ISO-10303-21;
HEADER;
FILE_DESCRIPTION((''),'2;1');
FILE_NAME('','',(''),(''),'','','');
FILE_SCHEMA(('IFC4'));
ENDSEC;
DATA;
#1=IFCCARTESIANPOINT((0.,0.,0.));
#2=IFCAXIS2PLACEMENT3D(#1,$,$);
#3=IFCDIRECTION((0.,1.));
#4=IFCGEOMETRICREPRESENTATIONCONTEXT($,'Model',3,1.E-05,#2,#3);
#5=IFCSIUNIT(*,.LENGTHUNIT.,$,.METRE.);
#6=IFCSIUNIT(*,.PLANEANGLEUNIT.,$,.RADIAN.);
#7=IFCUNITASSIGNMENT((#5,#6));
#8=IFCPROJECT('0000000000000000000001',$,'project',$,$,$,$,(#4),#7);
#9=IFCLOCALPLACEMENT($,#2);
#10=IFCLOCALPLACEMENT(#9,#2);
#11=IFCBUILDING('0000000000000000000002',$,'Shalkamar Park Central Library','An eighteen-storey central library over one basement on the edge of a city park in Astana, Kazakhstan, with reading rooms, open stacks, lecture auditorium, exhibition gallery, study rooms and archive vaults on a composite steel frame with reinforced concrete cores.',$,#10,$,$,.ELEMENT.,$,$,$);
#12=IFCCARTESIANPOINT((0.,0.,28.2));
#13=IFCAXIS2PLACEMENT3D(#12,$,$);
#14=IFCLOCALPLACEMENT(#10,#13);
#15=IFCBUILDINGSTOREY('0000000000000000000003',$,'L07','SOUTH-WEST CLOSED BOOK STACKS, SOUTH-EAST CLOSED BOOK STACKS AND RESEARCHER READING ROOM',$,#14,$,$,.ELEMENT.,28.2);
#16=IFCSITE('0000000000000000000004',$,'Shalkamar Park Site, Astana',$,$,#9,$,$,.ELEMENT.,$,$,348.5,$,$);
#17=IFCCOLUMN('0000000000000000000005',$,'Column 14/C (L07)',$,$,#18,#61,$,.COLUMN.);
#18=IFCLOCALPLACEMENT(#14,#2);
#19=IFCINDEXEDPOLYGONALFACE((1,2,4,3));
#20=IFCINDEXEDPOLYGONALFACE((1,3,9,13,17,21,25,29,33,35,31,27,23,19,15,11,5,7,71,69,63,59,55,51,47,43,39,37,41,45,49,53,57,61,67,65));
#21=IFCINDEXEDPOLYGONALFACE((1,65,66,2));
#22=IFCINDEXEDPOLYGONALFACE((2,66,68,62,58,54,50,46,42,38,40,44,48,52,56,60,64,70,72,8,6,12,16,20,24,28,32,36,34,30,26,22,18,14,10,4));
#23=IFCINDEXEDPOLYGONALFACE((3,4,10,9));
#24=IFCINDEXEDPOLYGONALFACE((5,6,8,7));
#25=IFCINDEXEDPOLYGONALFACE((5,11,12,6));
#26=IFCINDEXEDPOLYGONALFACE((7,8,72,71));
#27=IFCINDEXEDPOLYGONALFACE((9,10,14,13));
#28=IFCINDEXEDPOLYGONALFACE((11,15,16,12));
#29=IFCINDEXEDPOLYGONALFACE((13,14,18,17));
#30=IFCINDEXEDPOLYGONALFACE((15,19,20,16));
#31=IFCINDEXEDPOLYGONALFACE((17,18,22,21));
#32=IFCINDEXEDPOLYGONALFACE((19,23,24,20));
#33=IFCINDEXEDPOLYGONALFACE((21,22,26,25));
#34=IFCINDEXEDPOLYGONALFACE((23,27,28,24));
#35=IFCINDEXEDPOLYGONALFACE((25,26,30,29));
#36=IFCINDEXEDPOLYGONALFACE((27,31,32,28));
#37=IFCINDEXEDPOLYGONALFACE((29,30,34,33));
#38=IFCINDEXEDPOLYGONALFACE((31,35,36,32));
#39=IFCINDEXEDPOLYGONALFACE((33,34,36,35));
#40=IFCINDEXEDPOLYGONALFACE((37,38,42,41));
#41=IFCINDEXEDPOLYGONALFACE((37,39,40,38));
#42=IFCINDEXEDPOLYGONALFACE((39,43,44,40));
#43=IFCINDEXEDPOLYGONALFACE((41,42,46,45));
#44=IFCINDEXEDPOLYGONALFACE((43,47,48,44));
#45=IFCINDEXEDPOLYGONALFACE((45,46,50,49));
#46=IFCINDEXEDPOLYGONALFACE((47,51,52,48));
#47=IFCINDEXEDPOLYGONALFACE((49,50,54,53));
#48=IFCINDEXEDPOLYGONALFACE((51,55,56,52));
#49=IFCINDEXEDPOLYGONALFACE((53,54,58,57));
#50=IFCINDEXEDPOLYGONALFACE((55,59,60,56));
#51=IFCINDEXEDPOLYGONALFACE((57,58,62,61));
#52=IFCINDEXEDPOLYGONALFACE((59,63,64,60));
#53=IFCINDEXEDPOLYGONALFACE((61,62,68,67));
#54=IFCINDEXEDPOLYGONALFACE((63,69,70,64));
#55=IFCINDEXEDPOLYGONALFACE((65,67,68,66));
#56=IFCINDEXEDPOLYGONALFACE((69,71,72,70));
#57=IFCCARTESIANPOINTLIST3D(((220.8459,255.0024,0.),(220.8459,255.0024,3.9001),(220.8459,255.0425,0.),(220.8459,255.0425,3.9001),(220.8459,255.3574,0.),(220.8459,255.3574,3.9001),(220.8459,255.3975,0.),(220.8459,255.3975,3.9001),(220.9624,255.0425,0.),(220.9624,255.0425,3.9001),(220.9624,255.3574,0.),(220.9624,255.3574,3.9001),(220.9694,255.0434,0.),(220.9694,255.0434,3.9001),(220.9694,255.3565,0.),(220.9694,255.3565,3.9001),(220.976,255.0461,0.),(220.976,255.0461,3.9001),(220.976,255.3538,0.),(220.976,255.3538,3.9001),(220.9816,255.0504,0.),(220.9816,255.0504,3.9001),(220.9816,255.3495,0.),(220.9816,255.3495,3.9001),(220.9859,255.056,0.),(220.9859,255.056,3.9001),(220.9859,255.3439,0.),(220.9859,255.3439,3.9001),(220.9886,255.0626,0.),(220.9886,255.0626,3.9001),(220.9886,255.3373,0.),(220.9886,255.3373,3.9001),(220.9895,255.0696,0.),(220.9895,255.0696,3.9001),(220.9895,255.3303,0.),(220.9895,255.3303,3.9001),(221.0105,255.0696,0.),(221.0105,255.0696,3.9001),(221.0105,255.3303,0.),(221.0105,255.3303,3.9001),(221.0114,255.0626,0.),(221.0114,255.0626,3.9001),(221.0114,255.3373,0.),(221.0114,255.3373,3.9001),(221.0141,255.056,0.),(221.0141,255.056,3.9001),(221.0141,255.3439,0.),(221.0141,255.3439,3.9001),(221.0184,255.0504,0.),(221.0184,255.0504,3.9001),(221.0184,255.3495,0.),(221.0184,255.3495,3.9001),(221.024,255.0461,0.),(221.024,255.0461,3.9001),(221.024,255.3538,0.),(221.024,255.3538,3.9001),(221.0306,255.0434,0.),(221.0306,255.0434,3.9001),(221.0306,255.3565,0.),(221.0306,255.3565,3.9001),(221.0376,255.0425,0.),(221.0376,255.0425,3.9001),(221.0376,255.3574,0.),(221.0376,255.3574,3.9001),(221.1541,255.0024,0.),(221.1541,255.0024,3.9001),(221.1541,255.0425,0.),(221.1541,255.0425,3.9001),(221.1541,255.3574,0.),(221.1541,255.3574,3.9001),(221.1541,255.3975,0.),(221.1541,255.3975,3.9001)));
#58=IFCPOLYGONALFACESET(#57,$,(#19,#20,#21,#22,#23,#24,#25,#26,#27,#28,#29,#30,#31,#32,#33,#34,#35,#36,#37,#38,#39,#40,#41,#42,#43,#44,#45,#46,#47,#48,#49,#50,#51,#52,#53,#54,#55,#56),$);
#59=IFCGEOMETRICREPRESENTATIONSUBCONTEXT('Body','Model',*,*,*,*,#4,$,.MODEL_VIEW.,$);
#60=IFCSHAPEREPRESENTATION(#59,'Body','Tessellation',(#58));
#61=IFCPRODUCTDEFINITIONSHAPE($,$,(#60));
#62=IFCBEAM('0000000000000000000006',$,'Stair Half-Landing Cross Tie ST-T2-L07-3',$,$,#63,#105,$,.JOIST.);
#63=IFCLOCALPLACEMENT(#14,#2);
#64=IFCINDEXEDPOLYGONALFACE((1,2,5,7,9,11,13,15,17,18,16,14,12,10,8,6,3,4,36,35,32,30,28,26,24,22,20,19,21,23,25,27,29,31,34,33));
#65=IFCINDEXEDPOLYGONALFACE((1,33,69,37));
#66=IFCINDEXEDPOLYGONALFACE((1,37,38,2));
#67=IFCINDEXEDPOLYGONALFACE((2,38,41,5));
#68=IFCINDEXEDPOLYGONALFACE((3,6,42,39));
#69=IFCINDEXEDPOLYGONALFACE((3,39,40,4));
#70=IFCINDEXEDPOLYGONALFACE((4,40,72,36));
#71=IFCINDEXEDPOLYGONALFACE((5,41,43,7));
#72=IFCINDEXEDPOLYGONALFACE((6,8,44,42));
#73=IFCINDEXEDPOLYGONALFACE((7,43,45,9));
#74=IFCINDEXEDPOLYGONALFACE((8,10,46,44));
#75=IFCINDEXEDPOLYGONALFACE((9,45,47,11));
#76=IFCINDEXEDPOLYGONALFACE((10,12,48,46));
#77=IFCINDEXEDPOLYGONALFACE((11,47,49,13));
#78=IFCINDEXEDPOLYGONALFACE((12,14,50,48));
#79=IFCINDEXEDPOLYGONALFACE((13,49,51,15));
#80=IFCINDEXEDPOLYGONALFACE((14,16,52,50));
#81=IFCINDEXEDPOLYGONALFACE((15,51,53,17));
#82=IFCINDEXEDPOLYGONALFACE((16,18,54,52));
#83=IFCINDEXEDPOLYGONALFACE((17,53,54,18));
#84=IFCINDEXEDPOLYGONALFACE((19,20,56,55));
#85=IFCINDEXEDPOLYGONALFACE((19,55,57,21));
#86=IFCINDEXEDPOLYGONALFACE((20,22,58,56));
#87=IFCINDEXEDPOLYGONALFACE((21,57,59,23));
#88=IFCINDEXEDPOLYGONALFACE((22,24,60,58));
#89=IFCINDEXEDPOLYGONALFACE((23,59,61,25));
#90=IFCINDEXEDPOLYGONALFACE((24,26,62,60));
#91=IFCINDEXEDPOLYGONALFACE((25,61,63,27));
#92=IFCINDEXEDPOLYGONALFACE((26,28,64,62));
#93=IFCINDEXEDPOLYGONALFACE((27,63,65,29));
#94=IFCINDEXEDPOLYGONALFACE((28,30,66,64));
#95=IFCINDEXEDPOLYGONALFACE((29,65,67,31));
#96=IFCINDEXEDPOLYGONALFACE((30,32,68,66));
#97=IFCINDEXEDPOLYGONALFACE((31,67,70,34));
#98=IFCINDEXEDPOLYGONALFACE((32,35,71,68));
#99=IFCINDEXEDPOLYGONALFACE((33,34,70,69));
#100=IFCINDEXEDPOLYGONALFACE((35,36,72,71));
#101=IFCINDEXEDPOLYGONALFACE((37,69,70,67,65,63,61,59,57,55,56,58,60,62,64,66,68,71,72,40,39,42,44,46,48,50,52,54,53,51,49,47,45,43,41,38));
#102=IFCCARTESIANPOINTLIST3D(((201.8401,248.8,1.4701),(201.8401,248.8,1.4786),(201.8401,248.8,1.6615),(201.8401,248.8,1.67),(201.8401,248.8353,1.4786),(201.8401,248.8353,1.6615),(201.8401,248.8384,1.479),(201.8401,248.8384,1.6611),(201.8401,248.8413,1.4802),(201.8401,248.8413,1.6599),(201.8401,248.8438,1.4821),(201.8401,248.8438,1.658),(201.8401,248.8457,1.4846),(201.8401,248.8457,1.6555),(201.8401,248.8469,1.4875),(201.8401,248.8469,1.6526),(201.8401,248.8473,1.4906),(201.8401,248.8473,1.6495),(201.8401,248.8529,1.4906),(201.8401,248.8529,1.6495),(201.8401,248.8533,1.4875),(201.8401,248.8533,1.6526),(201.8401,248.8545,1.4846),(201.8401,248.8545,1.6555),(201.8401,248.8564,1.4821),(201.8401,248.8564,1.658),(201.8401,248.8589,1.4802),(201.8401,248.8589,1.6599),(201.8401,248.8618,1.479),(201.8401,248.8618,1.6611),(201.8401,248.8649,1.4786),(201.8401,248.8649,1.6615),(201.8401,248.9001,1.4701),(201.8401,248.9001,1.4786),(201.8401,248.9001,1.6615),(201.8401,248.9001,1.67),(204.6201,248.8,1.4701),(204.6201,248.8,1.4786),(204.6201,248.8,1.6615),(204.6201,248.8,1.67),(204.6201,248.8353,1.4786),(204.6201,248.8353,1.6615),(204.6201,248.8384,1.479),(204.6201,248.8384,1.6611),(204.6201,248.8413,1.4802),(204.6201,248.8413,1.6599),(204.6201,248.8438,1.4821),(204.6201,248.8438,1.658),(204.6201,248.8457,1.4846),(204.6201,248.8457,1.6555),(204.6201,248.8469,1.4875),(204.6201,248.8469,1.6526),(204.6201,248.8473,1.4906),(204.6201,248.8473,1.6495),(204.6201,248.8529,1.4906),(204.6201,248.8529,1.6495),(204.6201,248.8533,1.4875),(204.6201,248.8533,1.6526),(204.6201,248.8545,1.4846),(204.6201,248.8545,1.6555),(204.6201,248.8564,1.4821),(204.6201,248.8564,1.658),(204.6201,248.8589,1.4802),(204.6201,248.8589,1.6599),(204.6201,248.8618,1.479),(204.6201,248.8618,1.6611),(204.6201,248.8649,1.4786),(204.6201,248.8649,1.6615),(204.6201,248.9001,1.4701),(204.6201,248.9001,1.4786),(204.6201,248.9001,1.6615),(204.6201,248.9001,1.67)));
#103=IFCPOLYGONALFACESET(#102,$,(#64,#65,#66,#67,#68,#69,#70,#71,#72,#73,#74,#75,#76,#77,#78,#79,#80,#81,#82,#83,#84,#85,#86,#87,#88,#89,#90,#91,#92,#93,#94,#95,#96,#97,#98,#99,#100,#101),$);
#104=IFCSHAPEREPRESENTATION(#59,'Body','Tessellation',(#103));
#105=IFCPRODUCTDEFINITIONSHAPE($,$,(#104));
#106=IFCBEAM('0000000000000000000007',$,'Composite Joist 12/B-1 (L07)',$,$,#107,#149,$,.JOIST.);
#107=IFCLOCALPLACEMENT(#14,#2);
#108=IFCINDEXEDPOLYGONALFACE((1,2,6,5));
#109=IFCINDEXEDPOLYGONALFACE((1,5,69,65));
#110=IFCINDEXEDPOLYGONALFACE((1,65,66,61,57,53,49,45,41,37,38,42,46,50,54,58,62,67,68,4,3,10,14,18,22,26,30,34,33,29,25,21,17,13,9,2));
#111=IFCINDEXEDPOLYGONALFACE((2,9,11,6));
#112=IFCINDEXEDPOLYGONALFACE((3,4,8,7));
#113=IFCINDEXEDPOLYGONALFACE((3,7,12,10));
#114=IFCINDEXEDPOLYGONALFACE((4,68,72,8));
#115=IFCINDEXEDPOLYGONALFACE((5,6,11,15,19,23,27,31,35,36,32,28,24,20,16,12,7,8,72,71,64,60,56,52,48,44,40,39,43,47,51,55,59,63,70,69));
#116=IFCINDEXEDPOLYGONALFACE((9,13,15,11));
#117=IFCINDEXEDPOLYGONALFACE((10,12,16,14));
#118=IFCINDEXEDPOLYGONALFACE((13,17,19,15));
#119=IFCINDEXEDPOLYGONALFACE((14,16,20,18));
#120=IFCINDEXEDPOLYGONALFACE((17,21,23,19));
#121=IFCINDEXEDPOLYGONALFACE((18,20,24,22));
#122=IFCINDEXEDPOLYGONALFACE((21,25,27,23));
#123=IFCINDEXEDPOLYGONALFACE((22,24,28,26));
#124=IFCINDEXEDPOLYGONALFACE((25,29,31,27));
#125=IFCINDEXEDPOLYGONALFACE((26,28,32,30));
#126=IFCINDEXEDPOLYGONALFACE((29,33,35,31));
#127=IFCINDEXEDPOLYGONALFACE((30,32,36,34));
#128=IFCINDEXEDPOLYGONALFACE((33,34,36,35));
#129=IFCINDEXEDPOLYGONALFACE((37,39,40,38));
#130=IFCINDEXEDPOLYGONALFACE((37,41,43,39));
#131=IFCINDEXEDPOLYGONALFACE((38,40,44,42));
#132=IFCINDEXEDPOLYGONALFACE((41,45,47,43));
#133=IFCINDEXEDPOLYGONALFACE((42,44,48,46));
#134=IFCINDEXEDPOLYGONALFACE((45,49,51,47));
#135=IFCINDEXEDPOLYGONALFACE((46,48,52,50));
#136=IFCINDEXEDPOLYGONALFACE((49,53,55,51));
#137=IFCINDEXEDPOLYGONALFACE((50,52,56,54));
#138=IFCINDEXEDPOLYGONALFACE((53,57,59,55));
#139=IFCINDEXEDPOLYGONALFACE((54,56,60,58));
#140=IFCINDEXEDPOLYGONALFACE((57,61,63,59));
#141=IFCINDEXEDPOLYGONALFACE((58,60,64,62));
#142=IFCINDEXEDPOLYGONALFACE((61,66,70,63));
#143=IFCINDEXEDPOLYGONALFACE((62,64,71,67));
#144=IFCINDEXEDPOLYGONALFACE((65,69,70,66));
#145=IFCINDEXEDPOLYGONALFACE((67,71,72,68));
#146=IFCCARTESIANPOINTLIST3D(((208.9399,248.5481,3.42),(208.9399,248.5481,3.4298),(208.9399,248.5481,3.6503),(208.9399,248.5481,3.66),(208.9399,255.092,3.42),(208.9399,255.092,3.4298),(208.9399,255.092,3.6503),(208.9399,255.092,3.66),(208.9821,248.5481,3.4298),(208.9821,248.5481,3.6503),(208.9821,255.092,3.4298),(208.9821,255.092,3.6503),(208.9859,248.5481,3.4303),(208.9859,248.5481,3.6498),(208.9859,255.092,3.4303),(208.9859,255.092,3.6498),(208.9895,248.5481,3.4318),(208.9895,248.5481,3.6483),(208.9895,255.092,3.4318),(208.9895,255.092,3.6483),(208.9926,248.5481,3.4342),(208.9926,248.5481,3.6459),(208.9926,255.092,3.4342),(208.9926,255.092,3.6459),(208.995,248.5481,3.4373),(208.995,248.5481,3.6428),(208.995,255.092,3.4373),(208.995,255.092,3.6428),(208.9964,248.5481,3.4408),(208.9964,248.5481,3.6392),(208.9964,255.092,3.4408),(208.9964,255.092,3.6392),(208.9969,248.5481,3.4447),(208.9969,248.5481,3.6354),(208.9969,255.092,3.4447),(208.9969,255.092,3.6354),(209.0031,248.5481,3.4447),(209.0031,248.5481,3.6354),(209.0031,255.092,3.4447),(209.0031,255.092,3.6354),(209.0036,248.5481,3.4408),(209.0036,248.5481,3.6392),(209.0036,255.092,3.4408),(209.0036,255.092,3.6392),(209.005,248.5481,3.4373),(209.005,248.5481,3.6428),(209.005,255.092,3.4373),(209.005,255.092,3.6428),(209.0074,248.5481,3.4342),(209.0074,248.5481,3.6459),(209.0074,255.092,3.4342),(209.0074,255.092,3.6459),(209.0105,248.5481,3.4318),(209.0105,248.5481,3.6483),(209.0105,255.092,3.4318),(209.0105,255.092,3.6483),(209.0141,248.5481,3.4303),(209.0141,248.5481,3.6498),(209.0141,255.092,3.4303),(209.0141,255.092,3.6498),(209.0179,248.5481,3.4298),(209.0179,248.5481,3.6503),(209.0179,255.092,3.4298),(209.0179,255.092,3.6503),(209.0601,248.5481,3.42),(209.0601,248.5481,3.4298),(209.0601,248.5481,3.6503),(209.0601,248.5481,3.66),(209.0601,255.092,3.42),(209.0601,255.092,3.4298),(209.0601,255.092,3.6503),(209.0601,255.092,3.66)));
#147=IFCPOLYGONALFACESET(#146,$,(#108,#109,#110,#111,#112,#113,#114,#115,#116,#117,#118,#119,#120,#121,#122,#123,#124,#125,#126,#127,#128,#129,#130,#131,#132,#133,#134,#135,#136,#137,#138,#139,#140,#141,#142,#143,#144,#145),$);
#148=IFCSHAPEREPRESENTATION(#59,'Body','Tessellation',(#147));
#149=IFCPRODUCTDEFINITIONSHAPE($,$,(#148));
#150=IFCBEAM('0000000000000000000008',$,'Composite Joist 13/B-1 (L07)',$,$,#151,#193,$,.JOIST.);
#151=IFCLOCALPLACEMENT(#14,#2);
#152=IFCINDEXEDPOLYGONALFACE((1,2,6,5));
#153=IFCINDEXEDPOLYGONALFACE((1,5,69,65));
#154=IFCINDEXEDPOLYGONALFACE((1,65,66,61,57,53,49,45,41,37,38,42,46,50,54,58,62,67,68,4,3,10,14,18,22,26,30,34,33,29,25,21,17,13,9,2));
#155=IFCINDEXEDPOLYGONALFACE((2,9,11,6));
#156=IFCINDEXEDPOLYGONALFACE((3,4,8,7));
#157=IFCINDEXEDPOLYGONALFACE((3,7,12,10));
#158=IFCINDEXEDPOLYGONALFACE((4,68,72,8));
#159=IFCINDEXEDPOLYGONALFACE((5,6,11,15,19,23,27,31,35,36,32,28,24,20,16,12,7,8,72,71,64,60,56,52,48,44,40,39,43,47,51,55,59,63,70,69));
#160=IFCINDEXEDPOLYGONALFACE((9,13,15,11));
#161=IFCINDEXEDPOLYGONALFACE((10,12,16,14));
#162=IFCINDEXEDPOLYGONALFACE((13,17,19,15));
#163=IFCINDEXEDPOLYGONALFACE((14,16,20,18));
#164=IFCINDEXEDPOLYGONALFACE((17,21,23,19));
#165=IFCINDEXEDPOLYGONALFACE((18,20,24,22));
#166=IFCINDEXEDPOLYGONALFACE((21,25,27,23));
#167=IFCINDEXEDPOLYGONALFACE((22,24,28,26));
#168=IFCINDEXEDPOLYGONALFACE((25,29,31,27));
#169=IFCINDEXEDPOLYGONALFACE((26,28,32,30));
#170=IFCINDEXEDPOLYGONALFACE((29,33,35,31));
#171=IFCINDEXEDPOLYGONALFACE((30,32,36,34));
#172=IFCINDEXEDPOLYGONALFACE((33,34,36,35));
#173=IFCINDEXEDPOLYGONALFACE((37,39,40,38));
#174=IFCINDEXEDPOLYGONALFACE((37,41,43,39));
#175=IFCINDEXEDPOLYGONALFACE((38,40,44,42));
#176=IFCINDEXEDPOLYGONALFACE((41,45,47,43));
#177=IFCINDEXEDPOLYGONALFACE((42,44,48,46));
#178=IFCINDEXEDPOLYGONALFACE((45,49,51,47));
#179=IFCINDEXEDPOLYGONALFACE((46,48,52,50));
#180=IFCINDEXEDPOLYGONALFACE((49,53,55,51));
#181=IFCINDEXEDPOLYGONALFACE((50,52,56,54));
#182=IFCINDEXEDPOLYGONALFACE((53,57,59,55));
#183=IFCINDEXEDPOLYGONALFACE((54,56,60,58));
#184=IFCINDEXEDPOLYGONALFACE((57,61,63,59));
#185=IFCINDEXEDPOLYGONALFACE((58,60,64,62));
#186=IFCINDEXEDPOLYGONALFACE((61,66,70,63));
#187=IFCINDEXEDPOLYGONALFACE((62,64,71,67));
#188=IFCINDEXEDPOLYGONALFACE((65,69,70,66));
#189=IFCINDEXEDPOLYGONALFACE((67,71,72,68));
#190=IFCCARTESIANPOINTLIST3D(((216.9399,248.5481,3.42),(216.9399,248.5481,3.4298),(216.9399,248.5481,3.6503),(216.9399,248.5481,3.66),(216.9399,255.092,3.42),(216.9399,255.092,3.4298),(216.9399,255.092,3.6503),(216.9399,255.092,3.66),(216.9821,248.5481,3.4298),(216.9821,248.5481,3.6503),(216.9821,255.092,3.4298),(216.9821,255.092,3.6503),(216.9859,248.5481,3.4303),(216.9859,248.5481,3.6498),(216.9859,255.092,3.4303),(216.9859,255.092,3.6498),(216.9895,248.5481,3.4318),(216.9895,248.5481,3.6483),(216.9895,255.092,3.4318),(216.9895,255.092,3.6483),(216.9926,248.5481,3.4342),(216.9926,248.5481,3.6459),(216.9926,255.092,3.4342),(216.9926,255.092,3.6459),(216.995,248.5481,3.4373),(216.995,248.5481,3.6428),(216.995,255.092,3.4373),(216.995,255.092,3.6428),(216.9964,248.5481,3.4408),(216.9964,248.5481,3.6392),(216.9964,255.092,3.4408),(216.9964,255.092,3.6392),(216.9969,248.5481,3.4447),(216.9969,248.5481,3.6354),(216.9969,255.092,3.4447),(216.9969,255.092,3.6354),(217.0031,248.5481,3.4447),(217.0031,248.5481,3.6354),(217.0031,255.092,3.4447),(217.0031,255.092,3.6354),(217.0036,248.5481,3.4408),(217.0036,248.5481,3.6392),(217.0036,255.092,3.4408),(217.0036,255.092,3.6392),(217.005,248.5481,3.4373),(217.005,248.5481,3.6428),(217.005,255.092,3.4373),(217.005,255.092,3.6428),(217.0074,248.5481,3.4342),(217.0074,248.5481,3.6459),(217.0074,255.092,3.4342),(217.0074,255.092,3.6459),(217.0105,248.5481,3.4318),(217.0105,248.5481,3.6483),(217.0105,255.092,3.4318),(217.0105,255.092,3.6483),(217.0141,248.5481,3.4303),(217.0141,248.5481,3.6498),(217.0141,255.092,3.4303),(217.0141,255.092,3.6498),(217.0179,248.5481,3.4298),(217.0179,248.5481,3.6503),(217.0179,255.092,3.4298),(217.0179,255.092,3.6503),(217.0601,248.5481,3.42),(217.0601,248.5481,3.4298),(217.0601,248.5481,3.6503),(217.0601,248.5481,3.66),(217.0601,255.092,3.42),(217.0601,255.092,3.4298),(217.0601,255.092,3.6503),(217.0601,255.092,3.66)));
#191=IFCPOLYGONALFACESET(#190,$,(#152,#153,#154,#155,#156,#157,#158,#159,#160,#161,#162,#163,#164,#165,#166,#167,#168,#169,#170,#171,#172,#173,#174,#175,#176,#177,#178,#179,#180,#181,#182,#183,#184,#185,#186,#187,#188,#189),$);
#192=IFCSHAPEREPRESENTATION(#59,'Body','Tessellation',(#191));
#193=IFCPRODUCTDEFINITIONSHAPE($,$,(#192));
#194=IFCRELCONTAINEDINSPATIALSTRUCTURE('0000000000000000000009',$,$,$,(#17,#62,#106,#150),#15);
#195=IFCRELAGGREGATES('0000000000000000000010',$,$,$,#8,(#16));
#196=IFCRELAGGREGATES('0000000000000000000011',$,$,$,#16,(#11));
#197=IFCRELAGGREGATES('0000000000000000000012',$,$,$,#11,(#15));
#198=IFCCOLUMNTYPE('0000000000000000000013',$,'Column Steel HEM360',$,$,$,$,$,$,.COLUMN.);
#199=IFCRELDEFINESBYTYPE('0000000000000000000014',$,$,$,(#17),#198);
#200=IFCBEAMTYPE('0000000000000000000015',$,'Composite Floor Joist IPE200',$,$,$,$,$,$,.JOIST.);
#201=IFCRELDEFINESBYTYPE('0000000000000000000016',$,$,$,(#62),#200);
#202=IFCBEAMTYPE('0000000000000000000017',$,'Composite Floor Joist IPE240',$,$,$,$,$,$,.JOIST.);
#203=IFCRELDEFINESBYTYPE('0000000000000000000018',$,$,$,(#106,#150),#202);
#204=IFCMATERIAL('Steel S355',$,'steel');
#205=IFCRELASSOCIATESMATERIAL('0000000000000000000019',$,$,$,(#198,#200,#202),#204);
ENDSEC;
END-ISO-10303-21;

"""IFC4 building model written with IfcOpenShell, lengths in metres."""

from ifc_helpers import new_model, si_unit, direction, frame, origin, origin_2d, place, context, subcontext, project, spatial, i_section, extrude, material, material_profile, profile_set, type_object, element, save


model = new_model("IFC4")

# Units and contexts
model_context = context("Model", 3, precision=1e-05, world=origin(), true_north=direction((0.0, 1.0)))
body_context = subcontext(model_context, "Body", "Model", "MODEL_VIEW")
ifc_project = project(units=[si_unit("LENGTHUNIT", "METRE"), si_unit("PLANEANGLEUNIT", "RADIAN")], contexts=[model_context])

# Site, building, storey
site_placement = place(None, origin())
site = spatial("IfcSite", under=ifc_project, at=site_placement, Name="Shalkamar Park Site, Astana", CompositionType="ELEMENT", RefElevation=348.5)
building_placement = place(site_placement, origin())
building = spatial("IfcBuilding", under=site, at=building_placement, Name="Shalkamar Park Central Library", Description="An eighteen-storey central library over one basement on the edge of a city park in Astana, Kazakhstan, with reading rooms, open stacks, lecture auditorium, exhibition gallery, study rooms and archive vaults on a composite steel frame with reinforced concrete cores.", CompositionType="ELEMENT")
storey_placement = place(building_placement, frame((0.0, 0.0, 28.2)))
storey = spatial("IfcBuildingStorey", under=building, at=storey_placement, Name="L07", Description="SOUTH-WEST CLOSED BOOK STACKS, SOUTH-EAST CLOSED BOOK STACKS AND RESEARCHER READING ROOM", CompositionType="ELEMENT", Elevation=28.2)

# Column
ifc_material_1 = material(Name="Steel S355", Category="steel")
ifc_material_profile_1 = material_profile(ifc_material_1, i_section(OverallWidth=0.3081, OverallDepth=0.395, WebThickness=0.021, FlangeThickness=0.04, FilletRadius=0.0271, at=origin_2d()), Name="HEM 360")
ifc_profile_set_1 = profile_set([ifc_material_profile_1], Name="Steel S355")
column_type_1 = type_object("IfcColumnType", Name="Column Steel HEM360", PredefinedType="COLUMN", material=ifc_profile_set_1)
for number, where, z_axis, x_axis, name in (
    (1, (221.0, 255.2, 0.0), (0.0, 0.0, 1.0), (1.0, 0.0, 0.0), "Column 14/C (L07)"),
):
    element("IfcColumn", number, at=place(storey_placement, frame(where, z_axis=z_axis, x_axis=x_axis)), inside=storey, type_object=column_type_1, Name=name, PredefinedType="COLUMN", context=body_context, shape_type="SweptSolid", body=[
        extrude(i_section(OverallWidth=0.3081, OverallDepth=0.395, WebThickness=0.021, FlangeThickness=0.04, FilletRadius=0.0271, at=origin_2d()), origin(), (0.0, 0.0, 1.0), 3.9001),
    ])

# Beams
ifc_material_profile_2 = material_profile(ifc_material_1, i_section(OverallWidth=0.1001, OverallDepth=0.2, WebThickness=0.0056, FlangeThickness=0.0085, FilletRadius=0.012, at=origin_2d()), Name="IPE 200")
ifc_profile_set_2 = profile_set([ifc_material_profile_2], Name="Steel S355")
beam_type_1 = type_object("IfcBeamType", Name="Composite Floor Joist IPE200", PredefinedType="JOIST", material=ifc_profile_set_2)
beam_1_placement = place(storey_placement, frame((201.8401, 248.8501, 1.5701), z_axis=(1.0, 0.0, 0.0), x_axis=(0.0, 1.0, 0.0)))
element("IfcBeam", 2, at=beam_1_placement, inside=storey, type_object=beam_type_1, Name="Stair Half-Landing Cross Tie ST-T2-L07-3", PredefinedType="JOIST", context=body_context, shape_type="SweptSolid", body=[
    extrude(i_section(OverallWidth=0.1001, OverallDepth=0.2, WebThickness=0.0056, FlangeThickness=0.0085, FilletRadius=0.012, at=origin_2d()), origin(), (0.0, 0.0, 1.0), 2.78),
])
ifc_material_profile_3 = material_profile(ifc_material_1, i_section(OverallWidth=0.1201, OverallDepth=0.24, WebThickness=0.0061, FlangeThickness=0.0098, FilletRadius=0.0149, at=origin_2d()), Name="IPE 240")
ifc_profile_set_3 = profile_set([ifc_material_profile_3], Name="Steel S355")
beam_type_2 = type_object("IfcBeamType", Name="Composite Floor Joist IPE240", PredefinedType="JOIST", material=ifc_profile_set_3)
for number, where, z_axis, x_axis, name in (
    (3, (209.0, 248.5481, 3.54), (0.0, 1.0, 0.0), (-1.0, 0.0, 0.0), "Composite Joist 12/B-1 (L07)"),
    (4, (217.0, 248.5481, 3.54), (0.0, 1.0, 0.0), (-1.0, 0.0, 0.0), "Composite Joist 13/B-1 (L07)"),
):
    element("IfcBeam", number, at=place(storey_placement, frame(where, z_axis=z_axis, x_axis=x_axis)), inside=storey, type_object=beam_type_2, Name=name, PredefinedType="JOIST", context=body_context, shape_type="SweptSolid", body=[
        extrude(i_section(OverallWidth=0.1201, OverallDepth=0.24, WebThickness=0.0061, FlangeThickness=0.0098, FilletRadius=0.0149, at=origin_2d()), origin(), (0.0, 0.0, 1.0), 6.5439),
    ])

save(model, "model.ifc")
